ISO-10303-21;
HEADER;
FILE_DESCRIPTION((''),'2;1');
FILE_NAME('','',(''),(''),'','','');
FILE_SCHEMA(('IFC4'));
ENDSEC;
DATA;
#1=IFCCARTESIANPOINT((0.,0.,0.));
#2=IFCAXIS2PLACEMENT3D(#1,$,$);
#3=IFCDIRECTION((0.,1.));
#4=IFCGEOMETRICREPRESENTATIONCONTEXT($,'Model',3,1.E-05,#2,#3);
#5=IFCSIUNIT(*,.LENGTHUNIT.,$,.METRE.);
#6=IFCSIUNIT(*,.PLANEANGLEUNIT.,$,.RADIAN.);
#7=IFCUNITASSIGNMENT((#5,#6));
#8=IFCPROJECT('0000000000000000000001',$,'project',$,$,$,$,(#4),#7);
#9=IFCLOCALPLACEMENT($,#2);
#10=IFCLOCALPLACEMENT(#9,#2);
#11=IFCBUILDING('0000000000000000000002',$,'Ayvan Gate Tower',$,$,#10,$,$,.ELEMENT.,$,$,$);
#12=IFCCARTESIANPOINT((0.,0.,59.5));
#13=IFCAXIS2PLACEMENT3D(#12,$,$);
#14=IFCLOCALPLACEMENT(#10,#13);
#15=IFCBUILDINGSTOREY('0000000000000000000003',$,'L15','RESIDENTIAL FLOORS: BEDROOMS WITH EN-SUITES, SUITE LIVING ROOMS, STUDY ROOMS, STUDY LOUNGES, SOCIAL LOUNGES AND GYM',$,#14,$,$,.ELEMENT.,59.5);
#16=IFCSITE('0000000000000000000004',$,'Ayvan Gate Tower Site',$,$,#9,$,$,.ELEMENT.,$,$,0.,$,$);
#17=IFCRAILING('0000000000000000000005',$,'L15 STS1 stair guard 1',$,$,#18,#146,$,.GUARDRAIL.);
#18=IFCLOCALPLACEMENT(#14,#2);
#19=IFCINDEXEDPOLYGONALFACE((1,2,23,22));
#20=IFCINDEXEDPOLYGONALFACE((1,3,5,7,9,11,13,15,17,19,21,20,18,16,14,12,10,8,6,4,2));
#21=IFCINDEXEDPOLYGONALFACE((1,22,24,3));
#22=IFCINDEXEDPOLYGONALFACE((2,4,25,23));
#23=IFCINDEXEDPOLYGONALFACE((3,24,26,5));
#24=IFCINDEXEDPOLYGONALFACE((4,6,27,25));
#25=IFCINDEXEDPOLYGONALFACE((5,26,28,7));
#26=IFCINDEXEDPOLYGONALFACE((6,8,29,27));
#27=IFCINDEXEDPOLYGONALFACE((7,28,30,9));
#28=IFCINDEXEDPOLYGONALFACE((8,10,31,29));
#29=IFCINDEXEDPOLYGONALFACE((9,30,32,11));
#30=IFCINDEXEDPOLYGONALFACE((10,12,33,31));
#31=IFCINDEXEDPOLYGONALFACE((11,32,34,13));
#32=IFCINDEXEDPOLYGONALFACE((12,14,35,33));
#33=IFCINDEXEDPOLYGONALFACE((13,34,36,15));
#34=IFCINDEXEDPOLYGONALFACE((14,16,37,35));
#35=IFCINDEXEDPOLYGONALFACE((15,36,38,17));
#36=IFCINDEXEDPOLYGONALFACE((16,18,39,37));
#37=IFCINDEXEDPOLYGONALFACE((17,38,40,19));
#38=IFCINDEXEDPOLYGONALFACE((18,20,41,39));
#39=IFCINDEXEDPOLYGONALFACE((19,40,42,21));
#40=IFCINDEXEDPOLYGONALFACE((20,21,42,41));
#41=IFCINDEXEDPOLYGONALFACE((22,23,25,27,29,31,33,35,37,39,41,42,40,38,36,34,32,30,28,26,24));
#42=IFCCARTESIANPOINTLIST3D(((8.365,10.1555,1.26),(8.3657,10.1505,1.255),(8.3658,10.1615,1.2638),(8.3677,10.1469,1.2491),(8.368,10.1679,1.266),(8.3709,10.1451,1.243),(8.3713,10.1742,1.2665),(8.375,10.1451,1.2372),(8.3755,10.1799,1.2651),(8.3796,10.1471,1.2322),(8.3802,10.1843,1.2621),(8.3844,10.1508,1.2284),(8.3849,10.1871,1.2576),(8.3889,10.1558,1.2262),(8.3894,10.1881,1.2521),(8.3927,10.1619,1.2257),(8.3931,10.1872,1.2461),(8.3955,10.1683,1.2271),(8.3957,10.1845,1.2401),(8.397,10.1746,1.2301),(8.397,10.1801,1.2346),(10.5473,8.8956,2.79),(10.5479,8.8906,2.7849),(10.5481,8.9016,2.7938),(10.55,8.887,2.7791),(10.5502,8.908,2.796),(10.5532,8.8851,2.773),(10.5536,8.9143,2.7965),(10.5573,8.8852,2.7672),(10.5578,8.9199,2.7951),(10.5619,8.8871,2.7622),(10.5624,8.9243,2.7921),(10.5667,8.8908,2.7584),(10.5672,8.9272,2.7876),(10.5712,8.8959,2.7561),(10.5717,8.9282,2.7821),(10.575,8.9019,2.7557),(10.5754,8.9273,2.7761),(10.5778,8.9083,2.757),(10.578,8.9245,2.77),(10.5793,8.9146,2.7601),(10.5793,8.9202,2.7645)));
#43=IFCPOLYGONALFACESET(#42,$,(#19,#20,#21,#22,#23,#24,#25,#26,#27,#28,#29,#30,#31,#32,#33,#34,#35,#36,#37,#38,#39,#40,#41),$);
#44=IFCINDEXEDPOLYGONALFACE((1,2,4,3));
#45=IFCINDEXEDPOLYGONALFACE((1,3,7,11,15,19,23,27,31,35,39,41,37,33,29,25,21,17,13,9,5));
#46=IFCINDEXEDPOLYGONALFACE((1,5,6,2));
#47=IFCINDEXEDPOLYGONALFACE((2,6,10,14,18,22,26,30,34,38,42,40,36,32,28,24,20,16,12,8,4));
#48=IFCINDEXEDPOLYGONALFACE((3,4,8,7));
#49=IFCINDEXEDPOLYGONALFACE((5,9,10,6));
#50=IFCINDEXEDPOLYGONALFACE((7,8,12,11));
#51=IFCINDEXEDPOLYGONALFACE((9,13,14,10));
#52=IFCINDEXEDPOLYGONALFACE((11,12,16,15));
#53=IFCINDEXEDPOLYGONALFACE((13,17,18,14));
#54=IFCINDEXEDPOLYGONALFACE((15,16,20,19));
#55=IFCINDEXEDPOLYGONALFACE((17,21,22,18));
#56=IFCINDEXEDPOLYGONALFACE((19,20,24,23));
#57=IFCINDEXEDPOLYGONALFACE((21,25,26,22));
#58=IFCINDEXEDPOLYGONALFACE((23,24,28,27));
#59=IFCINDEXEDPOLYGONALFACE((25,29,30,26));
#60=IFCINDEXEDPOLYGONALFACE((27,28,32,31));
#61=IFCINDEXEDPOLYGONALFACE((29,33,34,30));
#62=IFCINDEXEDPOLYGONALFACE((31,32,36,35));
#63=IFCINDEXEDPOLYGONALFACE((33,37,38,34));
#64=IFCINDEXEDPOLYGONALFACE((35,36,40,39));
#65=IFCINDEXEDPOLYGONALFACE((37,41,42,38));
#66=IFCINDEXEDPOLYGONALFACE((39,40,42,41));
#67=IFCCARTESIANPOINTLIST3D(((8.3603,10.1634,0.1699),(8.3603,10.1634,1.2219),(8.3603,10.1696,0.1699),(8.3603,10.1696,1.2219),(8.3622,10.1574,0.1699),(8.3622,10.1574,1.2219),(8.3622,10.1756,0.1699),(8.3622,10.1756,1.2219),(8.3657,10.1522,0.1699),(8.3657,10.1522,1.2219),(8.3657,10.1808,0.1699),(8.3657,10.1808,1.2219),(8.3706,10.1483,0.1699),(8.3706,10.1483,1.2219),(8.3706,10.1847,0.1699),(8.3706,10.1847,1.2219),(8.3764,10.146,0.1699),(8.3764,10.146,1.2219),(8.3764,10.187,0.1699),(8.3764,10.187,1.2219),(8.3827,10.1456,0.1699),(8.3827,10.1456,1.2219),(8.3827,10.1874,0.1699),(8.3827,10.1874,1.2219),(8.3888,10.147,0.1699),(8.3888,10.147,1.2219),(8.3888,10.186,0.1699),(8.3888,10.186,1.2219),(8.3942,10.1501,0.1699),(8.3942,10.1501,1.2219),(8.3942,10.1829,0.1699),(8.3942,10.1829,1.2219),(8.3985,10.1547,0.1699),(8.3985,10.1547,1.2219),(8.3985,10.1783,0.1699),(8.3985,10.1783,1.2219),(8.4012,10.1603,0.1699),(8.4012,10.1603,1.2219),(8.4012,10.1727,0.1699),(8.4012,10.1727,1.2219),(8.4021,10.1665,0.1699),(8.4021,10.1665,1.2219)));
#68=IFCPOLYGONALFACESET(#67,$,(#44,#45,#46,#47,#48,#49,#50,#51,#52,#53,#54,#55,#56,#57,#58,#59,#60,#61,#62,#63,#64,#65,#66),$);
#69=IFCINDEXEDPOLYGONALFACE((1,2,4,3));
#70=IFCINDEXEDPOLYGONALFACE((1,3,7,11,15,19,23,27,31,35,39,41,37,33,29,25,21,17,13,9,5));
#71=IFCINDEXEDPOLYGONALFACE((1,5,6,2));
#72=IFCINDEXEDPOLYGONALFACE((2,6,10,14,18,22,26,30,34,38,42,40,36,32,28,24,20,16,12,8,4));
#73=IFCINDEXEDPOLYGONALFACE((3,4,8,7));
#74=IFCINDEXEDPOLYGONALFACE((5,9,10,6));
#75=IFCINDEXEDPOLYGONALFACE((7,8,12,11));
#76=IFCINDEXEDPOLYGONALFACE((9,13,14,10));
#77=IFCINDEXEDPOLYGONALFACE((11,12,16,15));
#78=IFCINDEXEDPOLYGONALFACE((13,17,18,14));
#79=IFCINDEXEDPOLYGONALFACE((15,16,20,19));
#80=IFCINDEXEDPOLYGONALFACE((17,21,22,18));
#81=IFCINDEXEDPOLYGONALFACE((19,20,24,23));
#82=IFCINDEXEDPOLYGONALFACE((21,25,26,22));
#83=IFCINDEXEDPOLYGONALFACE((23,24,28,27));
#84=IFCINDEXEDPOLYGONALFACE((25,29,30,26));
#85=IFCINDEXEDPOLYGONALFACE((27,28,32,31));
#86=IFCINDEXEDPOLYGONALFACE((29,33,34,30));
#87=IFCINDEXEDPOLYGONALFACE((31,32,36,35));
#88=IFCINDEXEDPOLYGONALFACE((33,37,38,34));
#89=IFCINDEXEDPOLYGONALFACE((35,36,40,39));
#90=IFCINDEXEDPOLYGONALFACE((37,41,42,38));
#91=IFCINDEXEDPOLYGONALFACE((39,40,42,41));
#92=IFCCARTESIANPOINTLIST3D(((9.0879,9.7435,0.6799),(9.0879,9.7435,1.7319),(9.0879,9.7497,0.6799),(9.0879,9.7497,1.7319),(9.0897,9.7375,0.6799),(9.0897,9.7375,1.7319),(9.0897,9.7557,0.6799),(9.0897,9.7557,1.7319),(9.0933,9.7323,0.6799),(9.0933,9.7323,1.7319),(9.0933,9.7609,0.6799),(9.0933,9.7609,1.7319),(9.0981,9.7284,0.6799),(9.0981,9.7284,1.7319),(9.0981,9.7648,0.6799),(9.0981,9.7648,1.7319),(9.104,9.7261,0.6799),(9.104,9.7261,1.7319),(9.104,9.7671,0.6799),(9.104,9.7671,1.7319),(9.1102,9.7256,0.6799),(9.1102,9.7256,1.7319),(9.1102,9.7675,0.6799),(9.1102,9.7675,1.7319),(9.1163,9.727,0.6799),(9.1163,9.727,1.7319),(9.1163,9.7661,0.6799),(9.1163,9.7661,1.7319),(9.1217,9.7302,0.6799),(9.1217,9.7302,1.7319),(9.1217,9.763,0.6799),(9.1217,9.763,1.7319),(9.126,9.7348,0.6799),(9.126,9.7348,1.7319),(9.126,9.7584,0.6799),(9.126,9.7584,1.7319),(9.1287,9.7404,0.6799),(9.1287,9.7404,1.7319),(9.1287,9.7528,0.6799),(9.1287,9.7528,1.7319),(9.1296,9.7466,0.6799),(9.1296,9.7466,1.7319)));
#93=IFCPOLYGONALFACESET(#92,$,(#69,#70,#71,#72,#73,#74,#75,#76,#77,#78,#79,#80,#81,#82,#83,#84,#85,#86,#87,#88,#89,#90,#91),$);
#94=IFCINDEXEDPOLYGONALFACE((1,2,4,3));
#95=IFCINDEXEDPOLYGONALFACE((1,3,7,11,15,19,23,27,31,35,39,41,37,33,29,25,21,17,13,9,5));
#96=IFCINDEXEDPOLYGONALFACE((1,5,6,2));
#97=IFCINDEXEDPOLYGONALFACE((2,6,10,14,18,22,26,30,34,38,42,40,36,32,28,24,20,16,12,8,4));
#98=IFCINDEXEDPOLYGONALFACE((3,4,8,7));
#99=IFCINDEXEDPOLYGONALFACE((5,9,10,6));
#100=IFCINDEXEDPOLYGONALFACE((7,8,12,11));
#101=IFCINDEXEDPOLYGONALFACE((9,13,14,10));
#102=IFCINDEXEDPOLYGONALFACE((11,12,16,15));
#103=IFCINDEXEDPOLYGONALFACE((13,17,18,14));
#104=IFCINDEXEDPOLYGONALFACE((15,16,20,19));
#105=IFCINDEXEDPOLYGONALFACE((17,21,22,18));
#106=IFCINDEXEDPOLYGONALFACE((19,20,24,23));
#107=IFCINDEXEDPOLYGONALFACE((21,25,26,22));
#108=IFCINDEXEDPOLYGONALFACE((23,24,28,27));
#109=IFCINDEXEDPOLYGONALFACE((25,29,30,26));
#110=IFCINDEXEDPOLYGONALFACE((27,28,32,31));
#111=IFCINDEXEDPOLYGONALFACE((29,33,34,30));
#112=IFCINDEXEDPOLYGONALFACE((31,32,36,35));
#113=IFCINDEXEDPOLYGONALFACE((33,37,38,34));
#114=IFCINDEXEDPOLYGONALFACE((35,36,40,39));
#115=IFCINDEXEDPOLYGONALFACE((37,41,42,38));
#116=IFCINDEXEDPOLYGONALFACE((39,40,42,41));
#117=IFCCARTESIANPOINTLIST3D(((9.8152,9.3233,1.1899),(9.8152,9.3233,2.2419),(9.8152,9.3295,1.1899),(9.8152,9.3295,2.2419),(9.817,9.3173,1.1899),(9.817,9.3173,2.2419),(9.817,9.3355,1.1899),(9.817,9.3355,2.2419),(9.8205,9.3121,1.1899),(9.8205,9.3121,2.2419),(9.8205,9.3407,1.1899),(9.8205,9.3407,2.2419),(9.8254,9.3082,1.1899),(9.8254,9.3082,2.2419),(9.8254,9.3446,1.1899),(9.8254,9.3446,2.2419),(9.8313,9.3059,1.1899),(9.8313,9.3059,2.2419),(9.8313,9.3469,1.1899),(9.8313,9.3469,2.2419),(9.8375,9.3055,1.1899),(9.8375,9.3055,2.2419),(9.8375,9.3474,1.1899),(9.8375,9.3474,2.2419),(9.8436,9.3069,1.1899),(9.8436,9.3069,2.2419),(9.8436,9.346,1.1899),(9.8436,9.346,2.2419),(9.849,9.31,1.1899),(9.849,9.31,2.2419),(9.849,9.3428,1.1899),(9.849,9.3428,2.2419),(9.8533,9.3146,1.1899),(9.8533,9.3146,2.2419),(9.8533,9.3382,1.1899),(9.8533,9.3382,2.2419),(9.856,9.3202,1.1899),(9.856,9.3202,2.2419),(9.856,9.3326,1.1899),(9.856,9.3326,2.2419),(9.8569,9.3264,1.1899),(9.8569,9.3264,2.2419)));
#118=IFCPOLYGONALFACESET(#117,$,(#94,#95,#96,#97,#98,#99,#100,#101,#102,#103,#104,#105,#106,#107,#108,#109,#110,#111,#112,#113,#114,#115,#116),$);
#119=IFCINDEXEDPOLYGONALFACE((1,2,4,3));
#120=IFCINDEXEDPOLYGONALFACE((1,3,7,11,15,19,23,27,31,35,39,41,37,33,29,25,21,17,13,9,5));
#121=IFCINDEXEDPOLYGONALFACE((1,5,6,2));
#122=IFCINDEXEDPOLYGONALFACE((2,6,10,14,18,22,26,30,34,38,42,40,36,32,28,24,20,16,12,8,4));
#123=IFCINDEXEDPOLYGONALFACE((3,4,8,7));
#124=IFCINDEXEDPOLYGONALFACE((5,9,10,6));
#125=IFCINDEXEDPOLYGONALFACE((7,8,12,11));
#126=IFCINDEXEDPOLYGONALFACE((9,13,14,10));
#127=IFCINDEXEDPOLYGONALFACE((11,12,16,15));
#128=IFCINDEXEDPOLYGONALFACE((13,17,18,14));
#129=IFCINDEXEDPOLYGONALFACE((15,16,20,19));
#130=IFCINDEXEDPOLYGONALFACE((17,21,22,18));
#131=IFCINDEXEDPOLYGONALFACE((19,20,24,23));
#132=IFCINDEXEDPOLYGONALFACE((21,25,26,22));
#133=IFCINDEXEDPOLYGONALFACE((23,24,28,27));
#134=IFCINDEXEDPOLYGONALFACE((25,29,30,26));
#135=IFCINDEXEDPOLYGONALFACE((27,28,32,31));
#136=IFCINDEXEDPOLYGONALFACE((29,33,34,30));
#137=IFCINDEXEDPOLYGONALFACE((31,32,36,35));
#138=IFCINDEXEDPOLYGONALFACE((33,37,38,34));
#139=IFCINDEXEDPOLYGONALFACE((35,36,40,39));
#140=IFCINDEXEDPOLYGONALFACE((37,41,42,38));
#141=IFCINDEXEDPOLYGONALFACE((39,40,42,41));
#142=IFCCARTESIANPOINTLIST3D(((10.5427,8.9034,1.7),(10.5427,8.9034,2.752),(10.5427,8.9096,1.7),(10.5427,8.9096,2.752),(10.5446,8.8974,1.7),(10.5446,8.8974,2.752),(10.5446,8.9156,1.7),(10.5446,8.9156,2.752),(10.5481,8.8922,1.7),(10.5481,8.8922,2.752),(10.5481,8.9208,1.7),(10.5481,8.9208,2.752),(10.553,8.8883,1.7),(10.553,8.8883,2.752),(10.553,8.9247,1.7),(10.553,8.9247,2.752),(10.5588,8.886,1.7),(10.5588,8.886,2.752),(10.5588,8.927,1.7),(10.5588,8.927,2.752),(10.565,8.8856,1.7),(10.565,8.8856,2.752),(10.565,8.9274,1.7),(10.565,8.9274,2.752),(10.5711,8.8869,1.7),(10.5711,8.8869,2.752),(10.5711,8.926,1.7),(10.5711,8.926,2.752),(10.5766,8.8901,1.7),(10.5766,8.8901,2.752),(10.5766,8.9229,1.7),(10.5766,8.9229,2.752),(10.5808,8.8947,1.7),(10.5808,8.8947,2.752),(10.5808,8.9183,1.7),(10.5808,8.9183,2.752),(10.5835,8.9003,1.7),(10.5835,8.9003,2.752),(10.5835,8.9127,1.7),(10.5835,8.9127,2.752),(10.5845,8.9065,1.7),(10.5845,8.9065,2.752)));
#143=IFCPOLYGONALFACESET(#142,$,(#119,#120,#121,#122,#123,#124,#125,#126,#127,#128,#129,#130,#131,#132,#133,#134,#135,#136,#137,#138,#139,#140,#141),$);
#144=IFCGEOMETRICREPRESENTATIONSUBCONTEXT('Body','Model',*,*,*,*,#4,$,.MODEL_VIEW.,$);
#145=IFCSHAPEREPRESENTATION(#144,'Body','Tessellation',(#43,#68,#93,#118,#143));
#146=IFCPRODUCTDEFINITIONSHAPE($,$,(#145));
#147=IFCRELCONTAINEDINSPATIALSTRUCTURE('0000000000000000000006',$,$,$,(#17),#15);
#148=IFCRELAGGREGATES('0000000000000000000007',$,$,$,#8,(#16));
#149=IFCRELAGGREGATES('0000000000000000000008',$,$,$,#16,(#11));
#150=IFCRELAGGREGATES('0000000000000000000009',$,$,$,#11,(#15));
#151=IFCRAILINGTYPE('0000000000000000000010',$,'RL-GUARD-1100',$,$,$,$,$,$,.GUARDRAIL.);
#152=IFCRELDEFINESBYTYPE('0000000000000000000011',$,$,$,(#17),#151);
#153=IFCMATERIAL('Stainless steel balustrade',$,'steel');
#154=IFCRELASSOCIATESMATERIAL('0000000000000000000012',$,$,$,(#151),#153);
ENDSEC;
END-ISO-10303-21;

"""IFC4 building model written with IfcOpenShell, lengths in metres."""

from ifc_helpers import new_model, si_unit, direction, frame, origin, origin_2d, place, context, subcontext, project, spatial, circle, extrude, material, type_object, element, save


model = new_model("IFC4")

# Units and contexts
model_context = context("Model", 3, precision=1e-05, world=origin(), true_north=direction((0.0, 1.0)))
body_context = subcontext(model_context, "Body", "Model", "MODEL_VIEW")
ifc_project = project(units=[si_unit("LENGTHUNIT", "METRE"), si_unit("PLANEANGLEUNIT", "RADIAN")], contexts=[model_context])

# Site, building, storey
site_placement = place(None, origin())
site = spatial("IfcSite", under=ifc_project, at=site_placement, Name="Ayvan Gate Tower Site", CompositionType="ELEMENT", RefElevation=0.0)
building_placement = place(site_placement, origin())
building = spatial("IfcBuilding", under=site, at=building_placement, Name="Ayvan Gate Tower", CompositionType="ELEMENT")
storey_placement = place(building_placement, frame((0.0, 0.0, 59.5)))
storey = spatial("IfcBuildingStorey", under=building, at=storey_placement, Name="L15", Description="RESIDENTIAL FLOORS: BEDROOMS WITH EN-SUITES, SUITE LIVING ROOMS, STUDY ROOMS, STUDY LOUNGES, SOCIAL LOUNGES AND GYM", CompositionType="ELEMENT", Elevation=59.5)

# Railing
ifc_material_1 = material(Name="Stainless steel balustrade", Category="steel")
railing_type_1 = type_object("IfcRailingType", Name="RL-GUARD-1100", PredefinedType="GUARDRAIL", material=ifc_material_1)
railing_1_placement = place(storey_placement, frame((8.3811, 10.1665, 0.1699)))
element("IfcRailing", 1, at=railing_1_placement, inside=storey, type_object=railing_type_1, Name="L15 STS1 stair guard 1", PredefinedType="GUARDRAIL", context=body_context, shape_type="SweptSolid", body=[
    extrude(circle(Radius=0.0239, at=origin_2d()), frame((0.0, 0.0, 1.0762), z_axis=(0.740261, -0.427395, 0.518986), x_axis=(0.500005, 0.866023, 0.0)), (0.0, 0.0, 1.0), 2.948),
    extrude(circle(Radius=0.021, at=origin_2d()), origin(), (0.0, 0.0, 1.0), 1.052),
    extrude(circle(Radius=0.021, at=origin_2d()), frame((0.7275, -0.4199, 0.51)), (0.0, 0.0, 1.0), 1.052),
    extrude(circle(Radius=0.021, at=origin_2d()), frame((1.4548, -0.8401, 1.02)), (0.0, 0.0, 1.0), 1.052),
    extrude(circle(Radius=0.021, at=origin_2d()), frame((2.1824, -1.26, 1.53)), (0.0, 0.0, 1.0), 1.052),
])

save(model, "model.ifc")
